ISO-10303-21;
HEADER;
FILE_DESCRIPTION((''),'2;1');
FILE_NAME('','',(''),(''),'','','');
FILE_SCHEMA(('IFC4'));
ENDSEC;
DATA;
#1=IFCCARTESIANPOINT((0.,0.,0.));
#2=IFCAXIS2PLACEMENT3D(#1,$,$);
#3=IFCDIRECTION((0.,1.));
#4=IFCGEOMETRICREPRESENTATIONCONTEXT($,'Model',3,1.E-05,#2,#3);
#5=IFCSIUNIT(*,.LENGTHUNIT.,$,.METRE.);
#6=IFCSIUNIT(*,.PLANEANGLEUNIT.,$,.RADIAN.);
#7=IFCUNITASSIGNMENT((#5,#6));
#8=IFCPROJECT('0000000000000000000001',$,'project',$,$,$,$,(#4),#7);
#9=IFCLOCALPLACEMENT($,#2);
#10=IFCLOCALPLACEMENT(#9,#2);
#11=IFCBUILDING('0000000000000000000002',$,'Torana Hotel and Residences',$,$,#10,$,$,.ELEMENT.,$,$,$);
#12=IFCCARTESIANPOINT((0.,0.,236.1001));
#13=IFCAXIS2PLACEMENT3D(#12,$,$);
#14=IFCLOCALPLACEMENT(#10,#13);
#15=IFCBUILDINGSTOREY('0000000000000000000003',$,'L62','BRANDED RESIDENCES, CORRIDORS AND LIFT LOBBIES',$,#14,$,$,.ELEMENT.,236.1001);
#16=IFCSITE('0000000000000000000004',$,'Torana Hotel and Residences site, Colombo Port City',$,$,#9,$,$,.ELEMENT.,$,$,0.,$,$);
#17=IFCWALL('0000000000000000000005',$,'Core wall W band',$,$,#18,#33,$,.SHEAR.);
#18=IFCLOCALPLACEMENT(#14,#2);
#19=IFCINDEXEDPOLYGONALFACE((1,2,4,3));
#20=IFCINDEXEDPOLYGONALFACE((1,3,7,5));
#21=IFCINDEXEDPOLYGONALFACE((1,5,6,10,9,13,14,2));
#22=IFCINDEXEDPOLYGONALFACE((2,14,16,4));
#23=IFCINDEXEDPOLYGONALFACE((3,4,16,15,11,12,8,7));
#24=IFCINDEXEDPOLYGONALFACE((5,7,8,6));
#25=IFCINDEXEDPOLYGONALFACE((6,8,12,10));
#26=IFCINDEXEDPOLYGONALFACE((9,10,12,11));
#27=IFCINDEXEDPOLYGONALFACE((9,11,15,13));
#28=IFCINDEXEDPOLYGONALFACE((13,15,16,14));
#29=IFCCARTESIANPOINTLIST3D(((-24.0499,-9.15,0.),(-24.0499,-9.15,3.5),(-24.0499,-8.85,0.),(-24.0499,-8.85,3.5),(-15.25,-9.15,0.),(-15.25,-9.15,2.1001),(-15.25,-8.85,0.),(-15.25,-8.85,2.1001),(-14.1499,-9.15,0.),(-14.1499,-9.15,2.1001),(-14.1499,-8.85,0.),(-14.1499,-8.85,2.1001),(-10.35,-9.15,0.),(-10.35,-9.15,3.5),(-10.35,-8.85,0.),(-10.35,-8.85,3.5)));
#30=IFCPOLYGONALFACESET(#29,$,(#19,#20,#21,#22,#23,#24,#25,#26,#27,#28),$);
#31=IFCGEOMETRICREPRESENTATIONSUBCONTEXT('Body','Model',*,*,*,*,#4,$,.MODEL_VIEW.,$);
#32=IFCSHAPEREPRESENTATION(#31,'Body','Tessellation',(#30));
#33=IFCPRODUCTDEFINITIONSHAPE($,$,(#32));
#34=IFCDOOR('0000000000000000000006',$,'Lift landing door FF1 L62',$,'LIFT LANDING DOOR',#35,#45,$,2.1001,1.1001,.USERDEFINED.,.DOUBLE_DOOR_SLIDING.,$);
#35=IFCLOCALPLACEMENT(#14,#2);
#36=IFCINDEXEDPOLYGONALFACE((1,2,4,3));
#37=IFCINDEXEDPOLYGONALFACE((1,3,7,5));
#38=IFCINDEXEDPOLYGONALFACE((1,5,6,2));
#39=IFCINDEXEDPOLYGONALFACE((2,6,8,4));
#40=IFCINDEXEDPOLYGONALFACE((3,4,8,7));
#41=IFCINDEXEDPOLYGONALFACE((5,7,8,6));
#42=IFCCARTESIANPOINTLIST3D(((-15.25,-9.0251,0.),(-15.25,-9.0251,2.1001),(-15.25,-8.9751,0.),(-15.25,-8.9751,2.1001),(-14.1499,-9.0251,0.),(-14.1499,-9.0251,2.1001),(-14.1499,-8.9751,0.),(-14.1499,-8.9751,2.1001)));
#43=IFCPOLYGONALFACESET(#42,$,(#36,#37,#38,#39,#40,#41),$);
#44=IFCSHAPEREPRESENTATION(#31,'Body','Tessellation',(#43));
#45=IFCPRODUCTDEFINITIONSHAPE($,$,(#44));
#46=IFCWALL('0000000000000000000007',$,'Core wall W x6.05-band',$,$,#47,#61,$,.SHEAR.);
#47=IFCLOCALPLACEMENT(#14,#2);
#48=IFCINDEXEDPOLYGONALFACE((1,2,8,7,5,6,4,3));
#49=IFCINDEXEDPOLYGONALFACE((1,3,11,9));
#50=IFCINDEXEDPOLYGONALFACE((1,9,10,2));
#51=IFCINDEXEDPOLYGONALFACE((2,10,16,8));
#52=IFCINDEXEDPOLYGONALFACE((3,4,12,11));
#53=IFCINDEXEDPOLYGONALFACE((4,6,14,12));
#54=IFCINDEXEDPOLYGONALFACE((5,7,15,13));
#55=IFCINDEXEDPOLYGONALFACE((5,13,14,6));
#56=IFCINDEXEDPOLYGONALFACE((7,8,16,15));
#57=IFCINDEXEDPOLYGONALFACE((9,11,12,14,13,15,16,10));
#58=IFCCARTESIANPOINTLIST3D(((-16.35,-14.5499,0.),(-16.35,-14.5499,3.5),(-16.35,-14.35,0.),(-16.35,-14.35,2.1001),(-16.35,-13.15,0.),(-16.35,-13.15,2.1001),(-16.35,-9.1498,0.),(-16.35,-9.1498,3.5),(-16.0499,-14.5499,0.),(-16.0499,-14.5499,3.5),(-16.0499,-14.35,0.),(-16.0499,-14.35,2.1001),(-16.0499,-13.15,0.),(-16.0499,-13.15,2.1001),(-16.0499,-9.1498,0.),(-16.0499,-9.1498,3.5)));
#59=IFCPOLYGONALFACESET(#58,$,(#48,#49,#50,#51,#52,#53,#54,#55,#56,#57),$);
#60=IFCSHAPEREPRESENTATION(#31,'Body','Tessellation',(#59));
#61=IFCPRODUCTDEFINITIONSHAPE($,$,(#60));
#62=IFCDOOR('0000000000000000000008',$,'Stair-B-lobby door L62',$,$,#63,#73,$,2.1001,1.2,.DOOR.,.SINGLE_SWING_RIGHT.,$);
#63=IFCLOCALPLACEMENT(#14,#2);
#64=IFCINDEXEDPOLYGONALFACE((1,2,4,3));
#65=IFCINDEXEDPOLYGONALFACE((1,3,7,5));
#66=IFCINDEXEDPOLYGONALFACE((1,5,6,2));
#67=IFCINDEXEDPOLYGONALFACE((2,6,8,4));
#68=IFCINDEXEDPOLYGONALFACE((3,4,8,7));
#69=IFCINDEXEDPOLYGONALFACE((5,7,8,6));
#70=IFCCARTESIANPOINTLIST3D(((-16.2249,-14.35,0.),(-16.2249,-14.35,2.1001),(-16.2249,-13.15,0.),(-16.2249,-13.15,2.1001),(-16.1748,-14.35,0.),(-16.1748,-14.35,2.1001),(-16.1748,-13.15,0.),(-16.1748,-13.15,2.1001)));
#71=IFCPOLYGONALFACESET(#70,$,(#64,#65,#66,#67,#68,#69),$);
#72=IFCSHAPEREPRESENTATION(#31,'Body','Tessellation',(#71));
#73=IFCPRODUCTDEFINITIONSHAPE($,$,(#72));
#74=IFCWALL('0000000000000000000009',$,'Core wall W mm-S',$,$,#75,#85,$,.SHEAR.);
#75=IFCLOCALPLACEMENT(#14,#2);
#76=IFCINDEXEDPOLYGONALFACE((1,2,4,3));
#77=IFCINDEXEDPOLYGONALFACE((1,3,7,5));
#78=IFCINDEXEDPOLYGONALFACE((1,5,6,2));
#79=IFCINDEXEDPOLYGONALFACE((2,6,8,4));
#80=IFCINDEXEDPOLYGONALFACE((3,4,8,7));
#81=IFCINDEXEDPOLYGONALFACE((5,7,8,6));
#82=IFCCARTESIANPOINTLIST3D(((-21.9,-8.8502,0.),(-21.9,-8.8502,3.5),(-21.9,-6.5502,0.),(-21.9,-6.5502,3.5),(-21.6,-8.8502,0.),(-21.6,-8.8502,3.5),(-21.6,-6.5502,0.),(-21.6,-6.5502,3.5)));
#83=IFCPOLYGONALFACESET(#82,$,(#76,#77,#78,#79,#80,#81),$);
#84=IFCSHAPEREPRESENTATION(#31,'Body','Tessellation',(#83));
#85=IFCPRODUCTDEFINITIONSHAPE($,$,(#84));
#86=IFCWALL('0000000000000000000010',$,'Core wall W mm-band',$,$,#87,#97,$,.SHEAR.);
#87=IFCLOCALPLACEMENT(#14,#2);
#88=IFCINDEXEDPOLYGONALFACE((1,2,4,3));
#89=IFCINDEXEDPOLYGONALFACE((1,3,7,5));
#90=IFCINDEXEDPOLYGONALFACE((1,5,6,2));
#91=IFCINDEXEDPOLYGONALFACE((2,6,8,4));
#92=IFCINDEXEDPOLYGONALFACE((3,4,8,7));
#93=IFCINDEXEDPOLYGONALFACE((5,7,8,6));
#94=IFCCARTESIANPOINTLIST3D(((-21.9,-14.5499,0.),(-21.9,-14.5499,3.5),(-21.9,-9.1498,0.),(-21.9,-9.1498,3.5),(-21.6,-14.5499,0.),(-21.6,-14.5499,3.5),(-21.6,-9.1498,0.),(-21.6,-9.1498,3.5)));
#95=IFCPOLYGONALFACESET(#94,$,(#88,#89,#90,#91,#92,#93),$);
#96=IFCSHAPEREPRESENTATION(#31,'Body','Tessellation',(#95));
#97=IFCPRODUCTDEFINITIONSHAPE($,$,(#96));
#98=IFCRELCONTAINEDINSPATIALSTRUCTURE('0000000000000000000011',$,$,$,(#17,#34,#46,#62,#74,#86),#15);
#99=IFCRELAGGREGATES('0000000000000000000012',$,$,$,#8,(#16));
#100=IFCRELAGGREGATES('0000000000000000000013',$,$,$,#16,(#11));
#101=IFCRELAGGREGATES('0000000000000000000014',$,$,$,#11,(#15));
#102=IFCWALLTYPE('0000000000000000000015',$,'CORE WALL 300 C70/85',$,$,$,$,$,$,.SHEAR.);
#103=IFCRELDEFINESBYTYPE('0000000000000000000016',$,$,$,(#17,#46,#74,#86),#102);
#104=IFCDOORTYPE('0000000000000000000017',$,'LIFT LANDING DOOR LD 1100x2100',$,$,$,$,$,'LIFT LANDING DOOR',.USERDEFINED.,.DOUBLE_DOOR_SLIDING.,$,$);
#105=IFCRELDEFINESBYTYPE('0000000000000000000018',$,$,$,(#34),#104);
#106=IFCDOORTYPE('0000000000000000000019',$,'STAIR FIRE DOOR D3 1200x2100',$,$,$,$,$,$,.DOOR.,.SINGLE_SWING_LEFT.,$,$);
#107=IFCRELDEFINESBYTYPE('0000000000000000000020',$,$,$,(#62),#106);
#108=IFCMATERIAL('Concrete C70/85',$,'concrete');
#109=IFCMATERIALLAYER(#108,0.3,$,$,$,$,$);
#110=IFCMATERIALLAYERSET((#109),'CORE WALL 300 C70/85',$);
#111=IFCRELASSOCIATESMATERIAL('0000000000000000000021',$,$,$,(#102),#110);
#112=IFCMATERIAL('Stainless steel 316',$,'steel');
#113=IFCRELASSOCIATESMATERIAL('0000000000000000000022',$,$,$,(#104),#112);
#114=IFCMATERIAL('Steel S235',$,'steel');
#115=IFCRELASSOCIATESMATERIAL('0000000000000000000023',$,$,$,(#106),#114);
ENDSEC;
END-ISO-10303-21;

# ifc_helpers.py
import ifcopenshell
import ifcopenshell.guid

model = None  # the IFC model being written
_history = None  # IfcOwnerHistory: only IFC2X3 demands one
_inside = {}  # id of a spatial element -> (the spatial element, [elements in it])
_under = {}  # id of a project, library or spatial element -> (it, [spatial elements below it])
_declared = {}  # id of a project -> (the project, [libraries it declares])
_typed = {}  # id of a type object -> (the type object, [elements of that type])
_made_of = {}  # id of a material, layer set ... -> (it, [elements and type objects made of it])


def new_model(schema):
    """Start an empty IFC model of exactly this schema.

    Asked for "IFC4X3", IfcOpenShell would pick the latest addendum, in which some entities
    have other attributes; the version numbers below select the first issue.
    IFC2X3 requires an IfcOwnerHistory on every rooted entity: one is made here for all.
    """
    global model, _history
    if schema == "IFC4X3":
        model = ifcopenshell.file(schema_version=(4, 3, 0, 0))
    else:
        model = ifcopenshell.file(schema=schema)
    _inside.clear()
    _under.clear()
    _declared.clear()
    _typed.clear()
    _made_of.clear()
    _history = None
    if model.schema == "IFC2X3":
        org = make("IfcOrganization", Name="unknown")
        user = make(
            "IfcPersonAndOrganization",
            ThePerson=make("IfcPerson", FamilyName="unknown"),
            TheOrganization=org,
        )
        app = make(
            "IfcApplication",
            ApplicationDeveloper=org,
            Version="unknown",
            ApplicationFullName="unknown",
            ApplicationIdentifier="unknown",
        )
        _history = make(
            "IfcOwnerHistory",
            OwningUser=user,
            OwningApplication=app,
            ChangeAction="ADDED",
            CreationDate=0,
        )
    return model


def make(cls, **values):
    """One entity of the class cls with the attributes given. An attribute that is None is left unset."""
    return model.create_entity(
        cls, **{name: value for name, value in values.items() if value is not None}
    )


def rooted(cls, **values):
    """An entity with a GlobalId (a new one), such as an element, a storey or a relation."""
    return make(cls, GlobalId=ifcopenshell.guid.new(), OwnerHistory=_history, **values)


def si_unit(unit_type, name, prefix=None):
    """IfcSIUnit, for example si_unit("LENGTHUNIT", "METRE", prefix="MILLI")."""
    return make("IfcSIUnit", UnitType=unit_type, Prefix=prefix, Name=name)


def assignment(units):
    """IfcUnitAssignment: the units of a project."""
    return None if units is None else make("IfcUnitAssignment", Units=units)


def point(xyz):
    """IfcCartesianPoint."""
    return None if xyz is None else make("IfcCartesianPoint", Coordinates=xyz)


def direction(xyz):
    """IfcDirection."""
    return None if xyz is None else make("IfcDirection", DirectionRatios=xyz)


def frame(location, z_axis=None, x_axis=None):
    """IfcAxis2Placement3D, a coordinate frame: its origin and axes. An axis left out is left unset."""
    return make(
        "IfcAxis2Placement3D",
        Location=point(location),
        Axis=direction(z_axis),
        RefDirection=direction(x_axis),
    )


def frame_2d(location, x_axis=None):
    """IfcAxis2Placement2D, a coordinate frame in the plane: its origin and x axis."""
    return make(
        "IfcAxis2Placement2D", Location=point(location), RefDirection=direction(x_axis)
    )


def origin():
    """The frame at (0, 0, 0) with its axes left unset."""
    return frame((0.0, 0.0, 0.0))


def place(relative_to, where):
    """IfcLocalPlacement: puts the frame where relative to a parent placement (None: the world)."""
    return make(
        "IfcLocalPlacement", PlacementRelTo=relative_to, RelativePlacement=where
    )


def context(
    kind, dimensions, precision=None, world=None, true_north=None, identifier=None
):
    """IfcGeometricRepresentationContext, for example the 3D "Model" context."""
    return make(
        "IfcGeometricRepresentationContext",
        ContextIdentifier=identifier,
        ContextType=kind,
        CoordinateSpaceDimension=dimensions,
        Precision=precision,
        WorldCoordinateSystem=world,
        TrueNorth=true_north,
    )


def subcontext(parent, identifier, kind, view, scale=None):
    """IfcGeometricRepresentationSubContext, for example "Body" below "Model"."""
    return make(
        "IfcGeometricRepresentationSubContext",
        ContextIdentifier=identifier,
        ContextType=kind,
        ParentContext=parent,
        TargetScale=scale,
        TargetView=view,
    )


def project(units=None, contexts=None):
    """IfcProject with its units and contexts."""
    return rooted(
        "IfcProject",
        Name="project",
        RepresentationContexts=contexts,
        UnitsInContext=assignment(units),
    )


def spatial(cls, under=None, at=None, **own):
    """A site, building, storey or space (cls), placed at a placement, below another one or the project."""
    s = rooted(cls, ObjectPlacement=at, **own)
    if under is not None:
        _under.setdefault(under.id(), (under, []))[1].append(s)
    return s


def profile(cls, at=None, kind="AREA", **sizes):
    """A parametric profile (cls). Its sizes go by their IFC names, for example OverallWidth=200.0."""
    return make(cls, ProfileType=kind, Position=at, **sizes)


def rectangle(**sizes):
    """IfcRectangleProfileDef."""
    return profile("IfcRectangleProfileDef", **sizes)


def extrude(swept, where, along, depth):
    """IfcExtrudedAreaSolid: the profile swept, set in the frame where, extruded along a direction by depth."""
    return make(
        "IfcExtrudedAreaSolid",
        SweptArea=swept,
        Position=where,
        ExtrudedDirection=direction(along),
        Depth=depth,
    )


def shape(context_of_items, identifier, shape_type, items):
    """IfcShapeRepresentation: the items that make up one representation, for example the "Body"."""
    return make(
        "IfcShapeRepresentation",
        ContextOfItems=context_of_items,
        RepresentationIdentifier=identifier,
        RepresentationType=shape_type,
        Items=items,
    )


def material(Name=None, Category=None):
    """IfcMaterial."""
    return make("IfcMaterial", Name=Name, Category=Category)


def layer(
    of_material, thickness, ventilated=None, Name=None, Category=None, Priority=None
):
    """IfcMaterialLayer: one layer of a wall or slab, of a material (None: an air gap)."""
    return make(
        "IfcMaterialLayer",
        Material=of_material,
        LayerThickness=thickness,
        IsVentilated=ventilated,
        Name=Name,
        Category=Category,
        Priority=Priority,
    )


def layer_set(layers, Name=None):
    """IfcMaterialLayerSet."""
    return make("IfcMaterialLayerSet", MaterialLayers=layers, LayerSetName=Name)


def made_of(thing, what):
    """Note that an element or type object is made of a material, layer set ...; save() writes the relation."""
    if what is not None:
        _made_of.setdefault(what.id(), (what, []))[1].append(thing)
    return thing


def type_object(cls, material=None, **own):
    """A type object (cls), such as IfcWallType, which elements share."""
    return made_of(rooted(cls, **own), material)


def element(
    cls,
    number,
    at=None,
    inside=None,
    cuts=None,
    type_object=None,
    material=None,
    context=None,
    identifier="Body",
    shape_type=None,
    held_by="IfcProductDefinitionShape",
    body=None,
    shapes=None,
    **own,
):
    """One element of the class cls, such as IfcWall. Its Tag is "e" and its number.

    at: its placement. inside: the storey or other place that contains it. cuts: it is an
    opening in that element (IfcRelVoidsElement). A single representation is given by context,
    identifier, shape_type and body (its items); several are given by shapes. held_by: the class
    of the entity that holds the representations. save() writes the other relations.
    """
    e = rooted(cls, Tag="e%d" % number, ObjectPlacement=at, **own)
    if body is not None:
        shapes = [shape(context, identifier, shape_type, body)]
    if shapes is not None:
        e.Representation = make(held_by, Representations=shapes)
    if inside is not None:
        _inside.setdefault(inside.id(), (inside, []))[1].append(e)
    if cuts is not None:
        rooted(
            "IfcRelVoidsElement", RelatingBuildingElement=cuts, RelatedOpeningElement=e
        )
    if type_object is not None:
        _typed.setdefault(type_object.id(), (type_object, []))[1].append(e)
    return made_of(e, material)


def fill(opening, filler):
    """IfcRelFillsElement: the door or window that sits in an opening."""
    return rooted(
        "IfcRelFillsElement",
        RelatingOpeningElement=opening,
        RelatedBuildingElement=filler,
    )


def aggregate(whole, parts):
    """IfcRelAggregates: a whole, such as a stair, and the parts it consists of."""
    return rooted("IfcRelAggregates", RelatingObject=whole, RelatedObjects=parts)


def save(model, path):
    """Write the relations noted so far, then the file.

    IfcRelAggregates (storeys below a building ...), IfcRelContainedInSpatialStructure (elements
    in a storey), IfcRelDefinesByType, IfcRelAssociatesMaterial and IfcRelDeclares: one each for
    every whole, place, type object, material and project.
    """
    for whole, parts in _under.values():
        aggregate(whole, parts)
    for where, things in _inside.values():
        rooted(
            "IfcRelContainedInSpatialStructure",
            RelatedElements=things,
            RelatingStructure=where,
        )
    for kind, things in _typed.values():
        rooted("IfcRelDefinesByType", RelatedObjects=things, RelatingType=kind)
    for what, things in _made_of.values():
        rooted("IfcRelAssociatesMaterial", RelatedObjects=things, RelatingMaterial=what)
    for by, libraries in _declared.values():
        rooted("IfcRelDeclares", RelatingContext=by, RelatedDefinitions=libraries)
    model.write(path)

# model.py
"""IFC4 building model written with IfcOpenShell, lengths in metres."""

from ifc_helpers import new_model, si_unit, direction, frame, frame_2d, origin, place, context, subcontext, project, spatial, rectangle, extrude, material, layer, layer_set, type_object, element, fill, save


model = new_model("IFC4")

# Units and contexts
model_context = context("Model", 3, precision=1e-05, world=origin(), true_north=direction((0.0, 1.0)))
body_context = subcontext(model_context, "Body", "Model", "MODEL_VIEW")
ifc_project = project(units=[si_unit("LENGTHUNIT", "METRE"), si_unit("PLANEANGLEUNIT", "RADIAN")], contexts=[model_context])

# Site, building, storey
site_placement = place(None, origin())
site = spatial("IfcSite", under=ifc_project, at=site_placement, Name="Torana Hotel and Residences site, Colombo Port City", CompositionType="ELEMENT", RefElevation=0.0)
building_placement = place(site_placement, origin())
building = spatial("IfcBuilding", under=site, at=building_placement, Name="Torana Hotel and Residences", CompositionType="ELEMENT")
storey_placement = place(building_placement, frame((0.0, 0.0, 236.1001)))
storey = spatial("IfcBuildingStorey", under=building, at=storey_placement, Name="L62", Description="BRANDED RESIDENCES, CORRIDORS AND LIFT LOBBIES", CompositionType="ELEMENT", Elevation=236.1001)

# Walls, openings, doors
ifc_material_1 = material(Name="Concrete C70/85", Category="concrete")
ifc_layer_1 = layer(ifc_material_1, 0.3)
ifc_layer_set_1 = layer_set([ifc_layer_1], Name="CORE WALL 300 C70/85")
wall_type_1 = type_object("IfcWallType", Name="CORE WALL 300 C70/85", PredefinedType="SHEAR", material=ifc_layer_set_1)
wall_1_placement = place(storey_placement, frame((-24.05, -9.0, 0.0), z_axis=(0.0, 0.0, 1.0), x_axis=(1.0, 0.0, 0.0)))
wall_1 = element("IfcWall", 1, at=wall_1_placement, inside=storey, type_object=wall_type_1, Name="Core wall W band", PredefinedType="SHEAR", context=body_context, shape_type="SweptSolid", body=[
    extrude(rectangle(XDim=13.7, YDim=0.3, at=frame_2d((6.8501, 0.0))), origin(), (0.0, 0.0, 1.0), 3.5),
])
opening_1_placement = place(wall_1_placement, frame((8.8, 0.0, 0.0)))
opening_1 = element("IfcOpeningElement", 2, at=opening_1_placement, cuts=wall_1, PredefinedType="OPENING", context=body_context, shape_type="SweptSolid", body=[
    extrude(rectangle(XDim=1.1001, YDim=2.1001, at=frame_2d((0.55, 1.05))), frame((0.0, 0.1599, 0.0), z_axis=(0.0, -1.0, 0.0), x_axis=(1.0, 0.0, 0.0)), (0.0, 0.0, 1.0), 0.3201),
])
ifc_material_2 = material(Name="Stainless steel 316", Category="steel")
door_type_1 = type_object("IfcDoorType", Name="LIFT LANDING DOOR LD 1100x2100", ElementType="LIFT LANDING DOOR", OperationType="DOUBLE_DOOR_SLIDING", PredefinedType="USERDEFINED", material=ifc_material_2)
door_1_placement = place(opening_1_placement, origin())
door_1 = element("IfcDoor", 3, at=door_1_placement, inside=storey, type_object=door_type_1, Name="Lift landing door FF1 L62", ObjectType="LIFT LANDING DOOR", OperationType="DOUBLE_DOOR_SLIDING", OverallHeight=2.1001, OverallWidth=1.1001, PredefinedType="USERDEFINED", context=body_context, shape_type="SweptSolid", body=[
    extrude(rectangle(XDim=1.1001, YDim=2.1001, at=frame_2d((0.55, 1.05))), frame((0.0, 0.0249, 0.0), z_axis=(0.0, -1.0, 0.0), x_axis=(1.0, 0.0, 0.0)), (0.0, 0.0, 1.0), 0.05),
])
fill(opening_1, door_1)
wall_2_placement = place(storey_placement, frame((-16.2, -14.55, 0.0), z_axis=(0.0, 0.0, 1.0), x_axis=(0.0, 1.0, 0.0)))
wall_2 = element("IfcWall", 4, at=wall_2_placement, inside=storey, type_object=wall_type_1, Name="Core wall W x6.05-band", PredefinedType="SHEAR", context=body_context, shape_type="SweptSolid", body=[
    extrude(rectangle(XDim=5.4001, YDim=0.3, at=frame_2d((2.7002, 0.0))), origin(), (0.0, 0.0, 1.0), 3.5),
])
opening_2_placement = place(wall_2_placement, frame((0.2, 0.0, 0.0)))
opening_2 = element("IfcOpeningElement", 5, at=opening_2_placement, cuts=wall_2, PredefinedType="OPENING", context=body_context, shape_type="SweptSolid", body=[
    extrude(rectangle(XDim=1.2, YDim=2.1001, at=frame_2d((0.6001, 1.05))), frame((0.0, 0.1599, 0.0), z_axis=(0.0, -1.0, 0.0), x_axis=(1.0, 0.0, 0.0)), (0.0, 0.0, 1.0), 0.3201),
])
ifc_material_3 = material(Name="Steel S235", Category="steel")
door_type_2 = type_object("IfcDoorType", Name="STAIR FIRE DOOR D3 1200x2100", OperationType="SINGLE_SWING_LEFT", PredefinedType="DOOR", material=ifc_material_3)
door_2_placement = place(opening_2_placement, origin())
door_2 = element("IfcDoor", 6, at=door_2_placement, inside=storey, type_object=door_type_2, Name="Stair-B-lobby door L62", OperationType="SINGLE_SWING_RIGHT", OverallHeight=2.1001, OverallWidth=1.2, PredefinedType="DOOR", context=body_context, shape_type="SweptSolid", body=[
    extrude(rectangle(XDim=1.2, YDim=2.1001, at=frame_2d((0.6001, 1.05))), frame((0.0, 0.0249, 0.0), z_axis=(0.0, -1.0, 0.0), x_axis=(1.0, 0.0, 0.0)), (0.0, 0.0, 1.0), 0.05),
])
fill(opening_2, door_2)

# Walls
wall_3_placement = place(storey_placement, frame((-21.75, -8.8501, 0.0), z_axis=(0.0, 0.0, 1.0), x_axis=(0.0, 1.0, 0.0)))
element("IfcWall", 7, at=wall_3_placement, inside=storey, type_object=wall_type_1, Name="Core wall W mm-S", PredefinedType="SHEAR", context=body_context, shape_type="SweptSolid", body=[
    extrude(rectangle(XDim=2.3, YDim=0.3, at=frame_2d((1.1499, 0.0))), origin(), (0.0, 0.0, 1.0), 3.5),
])
wall_4_placement = place(storey_placement, frame((-21.75, -14.55, 0.0), z_axis=(0.0, 0.0, 1.0), x_axis=(0.0, 1.0, 0.0)))
element("IfcWall", 8, at=wall_4_placement, inside=storey, type_object=wall_type_1, Name="Core wall W mm-band", PredefinedType="SHEAR", context=body_context, shape_type="SweptSolid", body=[
    extrude(rectangle(XDim=5.4001, YDim=0.3, at=frame_2d((2.7002, 0.0))), origin(), (0.0, 0.0, 1.0), 3.5),
])

save(model, "model.ifc")
